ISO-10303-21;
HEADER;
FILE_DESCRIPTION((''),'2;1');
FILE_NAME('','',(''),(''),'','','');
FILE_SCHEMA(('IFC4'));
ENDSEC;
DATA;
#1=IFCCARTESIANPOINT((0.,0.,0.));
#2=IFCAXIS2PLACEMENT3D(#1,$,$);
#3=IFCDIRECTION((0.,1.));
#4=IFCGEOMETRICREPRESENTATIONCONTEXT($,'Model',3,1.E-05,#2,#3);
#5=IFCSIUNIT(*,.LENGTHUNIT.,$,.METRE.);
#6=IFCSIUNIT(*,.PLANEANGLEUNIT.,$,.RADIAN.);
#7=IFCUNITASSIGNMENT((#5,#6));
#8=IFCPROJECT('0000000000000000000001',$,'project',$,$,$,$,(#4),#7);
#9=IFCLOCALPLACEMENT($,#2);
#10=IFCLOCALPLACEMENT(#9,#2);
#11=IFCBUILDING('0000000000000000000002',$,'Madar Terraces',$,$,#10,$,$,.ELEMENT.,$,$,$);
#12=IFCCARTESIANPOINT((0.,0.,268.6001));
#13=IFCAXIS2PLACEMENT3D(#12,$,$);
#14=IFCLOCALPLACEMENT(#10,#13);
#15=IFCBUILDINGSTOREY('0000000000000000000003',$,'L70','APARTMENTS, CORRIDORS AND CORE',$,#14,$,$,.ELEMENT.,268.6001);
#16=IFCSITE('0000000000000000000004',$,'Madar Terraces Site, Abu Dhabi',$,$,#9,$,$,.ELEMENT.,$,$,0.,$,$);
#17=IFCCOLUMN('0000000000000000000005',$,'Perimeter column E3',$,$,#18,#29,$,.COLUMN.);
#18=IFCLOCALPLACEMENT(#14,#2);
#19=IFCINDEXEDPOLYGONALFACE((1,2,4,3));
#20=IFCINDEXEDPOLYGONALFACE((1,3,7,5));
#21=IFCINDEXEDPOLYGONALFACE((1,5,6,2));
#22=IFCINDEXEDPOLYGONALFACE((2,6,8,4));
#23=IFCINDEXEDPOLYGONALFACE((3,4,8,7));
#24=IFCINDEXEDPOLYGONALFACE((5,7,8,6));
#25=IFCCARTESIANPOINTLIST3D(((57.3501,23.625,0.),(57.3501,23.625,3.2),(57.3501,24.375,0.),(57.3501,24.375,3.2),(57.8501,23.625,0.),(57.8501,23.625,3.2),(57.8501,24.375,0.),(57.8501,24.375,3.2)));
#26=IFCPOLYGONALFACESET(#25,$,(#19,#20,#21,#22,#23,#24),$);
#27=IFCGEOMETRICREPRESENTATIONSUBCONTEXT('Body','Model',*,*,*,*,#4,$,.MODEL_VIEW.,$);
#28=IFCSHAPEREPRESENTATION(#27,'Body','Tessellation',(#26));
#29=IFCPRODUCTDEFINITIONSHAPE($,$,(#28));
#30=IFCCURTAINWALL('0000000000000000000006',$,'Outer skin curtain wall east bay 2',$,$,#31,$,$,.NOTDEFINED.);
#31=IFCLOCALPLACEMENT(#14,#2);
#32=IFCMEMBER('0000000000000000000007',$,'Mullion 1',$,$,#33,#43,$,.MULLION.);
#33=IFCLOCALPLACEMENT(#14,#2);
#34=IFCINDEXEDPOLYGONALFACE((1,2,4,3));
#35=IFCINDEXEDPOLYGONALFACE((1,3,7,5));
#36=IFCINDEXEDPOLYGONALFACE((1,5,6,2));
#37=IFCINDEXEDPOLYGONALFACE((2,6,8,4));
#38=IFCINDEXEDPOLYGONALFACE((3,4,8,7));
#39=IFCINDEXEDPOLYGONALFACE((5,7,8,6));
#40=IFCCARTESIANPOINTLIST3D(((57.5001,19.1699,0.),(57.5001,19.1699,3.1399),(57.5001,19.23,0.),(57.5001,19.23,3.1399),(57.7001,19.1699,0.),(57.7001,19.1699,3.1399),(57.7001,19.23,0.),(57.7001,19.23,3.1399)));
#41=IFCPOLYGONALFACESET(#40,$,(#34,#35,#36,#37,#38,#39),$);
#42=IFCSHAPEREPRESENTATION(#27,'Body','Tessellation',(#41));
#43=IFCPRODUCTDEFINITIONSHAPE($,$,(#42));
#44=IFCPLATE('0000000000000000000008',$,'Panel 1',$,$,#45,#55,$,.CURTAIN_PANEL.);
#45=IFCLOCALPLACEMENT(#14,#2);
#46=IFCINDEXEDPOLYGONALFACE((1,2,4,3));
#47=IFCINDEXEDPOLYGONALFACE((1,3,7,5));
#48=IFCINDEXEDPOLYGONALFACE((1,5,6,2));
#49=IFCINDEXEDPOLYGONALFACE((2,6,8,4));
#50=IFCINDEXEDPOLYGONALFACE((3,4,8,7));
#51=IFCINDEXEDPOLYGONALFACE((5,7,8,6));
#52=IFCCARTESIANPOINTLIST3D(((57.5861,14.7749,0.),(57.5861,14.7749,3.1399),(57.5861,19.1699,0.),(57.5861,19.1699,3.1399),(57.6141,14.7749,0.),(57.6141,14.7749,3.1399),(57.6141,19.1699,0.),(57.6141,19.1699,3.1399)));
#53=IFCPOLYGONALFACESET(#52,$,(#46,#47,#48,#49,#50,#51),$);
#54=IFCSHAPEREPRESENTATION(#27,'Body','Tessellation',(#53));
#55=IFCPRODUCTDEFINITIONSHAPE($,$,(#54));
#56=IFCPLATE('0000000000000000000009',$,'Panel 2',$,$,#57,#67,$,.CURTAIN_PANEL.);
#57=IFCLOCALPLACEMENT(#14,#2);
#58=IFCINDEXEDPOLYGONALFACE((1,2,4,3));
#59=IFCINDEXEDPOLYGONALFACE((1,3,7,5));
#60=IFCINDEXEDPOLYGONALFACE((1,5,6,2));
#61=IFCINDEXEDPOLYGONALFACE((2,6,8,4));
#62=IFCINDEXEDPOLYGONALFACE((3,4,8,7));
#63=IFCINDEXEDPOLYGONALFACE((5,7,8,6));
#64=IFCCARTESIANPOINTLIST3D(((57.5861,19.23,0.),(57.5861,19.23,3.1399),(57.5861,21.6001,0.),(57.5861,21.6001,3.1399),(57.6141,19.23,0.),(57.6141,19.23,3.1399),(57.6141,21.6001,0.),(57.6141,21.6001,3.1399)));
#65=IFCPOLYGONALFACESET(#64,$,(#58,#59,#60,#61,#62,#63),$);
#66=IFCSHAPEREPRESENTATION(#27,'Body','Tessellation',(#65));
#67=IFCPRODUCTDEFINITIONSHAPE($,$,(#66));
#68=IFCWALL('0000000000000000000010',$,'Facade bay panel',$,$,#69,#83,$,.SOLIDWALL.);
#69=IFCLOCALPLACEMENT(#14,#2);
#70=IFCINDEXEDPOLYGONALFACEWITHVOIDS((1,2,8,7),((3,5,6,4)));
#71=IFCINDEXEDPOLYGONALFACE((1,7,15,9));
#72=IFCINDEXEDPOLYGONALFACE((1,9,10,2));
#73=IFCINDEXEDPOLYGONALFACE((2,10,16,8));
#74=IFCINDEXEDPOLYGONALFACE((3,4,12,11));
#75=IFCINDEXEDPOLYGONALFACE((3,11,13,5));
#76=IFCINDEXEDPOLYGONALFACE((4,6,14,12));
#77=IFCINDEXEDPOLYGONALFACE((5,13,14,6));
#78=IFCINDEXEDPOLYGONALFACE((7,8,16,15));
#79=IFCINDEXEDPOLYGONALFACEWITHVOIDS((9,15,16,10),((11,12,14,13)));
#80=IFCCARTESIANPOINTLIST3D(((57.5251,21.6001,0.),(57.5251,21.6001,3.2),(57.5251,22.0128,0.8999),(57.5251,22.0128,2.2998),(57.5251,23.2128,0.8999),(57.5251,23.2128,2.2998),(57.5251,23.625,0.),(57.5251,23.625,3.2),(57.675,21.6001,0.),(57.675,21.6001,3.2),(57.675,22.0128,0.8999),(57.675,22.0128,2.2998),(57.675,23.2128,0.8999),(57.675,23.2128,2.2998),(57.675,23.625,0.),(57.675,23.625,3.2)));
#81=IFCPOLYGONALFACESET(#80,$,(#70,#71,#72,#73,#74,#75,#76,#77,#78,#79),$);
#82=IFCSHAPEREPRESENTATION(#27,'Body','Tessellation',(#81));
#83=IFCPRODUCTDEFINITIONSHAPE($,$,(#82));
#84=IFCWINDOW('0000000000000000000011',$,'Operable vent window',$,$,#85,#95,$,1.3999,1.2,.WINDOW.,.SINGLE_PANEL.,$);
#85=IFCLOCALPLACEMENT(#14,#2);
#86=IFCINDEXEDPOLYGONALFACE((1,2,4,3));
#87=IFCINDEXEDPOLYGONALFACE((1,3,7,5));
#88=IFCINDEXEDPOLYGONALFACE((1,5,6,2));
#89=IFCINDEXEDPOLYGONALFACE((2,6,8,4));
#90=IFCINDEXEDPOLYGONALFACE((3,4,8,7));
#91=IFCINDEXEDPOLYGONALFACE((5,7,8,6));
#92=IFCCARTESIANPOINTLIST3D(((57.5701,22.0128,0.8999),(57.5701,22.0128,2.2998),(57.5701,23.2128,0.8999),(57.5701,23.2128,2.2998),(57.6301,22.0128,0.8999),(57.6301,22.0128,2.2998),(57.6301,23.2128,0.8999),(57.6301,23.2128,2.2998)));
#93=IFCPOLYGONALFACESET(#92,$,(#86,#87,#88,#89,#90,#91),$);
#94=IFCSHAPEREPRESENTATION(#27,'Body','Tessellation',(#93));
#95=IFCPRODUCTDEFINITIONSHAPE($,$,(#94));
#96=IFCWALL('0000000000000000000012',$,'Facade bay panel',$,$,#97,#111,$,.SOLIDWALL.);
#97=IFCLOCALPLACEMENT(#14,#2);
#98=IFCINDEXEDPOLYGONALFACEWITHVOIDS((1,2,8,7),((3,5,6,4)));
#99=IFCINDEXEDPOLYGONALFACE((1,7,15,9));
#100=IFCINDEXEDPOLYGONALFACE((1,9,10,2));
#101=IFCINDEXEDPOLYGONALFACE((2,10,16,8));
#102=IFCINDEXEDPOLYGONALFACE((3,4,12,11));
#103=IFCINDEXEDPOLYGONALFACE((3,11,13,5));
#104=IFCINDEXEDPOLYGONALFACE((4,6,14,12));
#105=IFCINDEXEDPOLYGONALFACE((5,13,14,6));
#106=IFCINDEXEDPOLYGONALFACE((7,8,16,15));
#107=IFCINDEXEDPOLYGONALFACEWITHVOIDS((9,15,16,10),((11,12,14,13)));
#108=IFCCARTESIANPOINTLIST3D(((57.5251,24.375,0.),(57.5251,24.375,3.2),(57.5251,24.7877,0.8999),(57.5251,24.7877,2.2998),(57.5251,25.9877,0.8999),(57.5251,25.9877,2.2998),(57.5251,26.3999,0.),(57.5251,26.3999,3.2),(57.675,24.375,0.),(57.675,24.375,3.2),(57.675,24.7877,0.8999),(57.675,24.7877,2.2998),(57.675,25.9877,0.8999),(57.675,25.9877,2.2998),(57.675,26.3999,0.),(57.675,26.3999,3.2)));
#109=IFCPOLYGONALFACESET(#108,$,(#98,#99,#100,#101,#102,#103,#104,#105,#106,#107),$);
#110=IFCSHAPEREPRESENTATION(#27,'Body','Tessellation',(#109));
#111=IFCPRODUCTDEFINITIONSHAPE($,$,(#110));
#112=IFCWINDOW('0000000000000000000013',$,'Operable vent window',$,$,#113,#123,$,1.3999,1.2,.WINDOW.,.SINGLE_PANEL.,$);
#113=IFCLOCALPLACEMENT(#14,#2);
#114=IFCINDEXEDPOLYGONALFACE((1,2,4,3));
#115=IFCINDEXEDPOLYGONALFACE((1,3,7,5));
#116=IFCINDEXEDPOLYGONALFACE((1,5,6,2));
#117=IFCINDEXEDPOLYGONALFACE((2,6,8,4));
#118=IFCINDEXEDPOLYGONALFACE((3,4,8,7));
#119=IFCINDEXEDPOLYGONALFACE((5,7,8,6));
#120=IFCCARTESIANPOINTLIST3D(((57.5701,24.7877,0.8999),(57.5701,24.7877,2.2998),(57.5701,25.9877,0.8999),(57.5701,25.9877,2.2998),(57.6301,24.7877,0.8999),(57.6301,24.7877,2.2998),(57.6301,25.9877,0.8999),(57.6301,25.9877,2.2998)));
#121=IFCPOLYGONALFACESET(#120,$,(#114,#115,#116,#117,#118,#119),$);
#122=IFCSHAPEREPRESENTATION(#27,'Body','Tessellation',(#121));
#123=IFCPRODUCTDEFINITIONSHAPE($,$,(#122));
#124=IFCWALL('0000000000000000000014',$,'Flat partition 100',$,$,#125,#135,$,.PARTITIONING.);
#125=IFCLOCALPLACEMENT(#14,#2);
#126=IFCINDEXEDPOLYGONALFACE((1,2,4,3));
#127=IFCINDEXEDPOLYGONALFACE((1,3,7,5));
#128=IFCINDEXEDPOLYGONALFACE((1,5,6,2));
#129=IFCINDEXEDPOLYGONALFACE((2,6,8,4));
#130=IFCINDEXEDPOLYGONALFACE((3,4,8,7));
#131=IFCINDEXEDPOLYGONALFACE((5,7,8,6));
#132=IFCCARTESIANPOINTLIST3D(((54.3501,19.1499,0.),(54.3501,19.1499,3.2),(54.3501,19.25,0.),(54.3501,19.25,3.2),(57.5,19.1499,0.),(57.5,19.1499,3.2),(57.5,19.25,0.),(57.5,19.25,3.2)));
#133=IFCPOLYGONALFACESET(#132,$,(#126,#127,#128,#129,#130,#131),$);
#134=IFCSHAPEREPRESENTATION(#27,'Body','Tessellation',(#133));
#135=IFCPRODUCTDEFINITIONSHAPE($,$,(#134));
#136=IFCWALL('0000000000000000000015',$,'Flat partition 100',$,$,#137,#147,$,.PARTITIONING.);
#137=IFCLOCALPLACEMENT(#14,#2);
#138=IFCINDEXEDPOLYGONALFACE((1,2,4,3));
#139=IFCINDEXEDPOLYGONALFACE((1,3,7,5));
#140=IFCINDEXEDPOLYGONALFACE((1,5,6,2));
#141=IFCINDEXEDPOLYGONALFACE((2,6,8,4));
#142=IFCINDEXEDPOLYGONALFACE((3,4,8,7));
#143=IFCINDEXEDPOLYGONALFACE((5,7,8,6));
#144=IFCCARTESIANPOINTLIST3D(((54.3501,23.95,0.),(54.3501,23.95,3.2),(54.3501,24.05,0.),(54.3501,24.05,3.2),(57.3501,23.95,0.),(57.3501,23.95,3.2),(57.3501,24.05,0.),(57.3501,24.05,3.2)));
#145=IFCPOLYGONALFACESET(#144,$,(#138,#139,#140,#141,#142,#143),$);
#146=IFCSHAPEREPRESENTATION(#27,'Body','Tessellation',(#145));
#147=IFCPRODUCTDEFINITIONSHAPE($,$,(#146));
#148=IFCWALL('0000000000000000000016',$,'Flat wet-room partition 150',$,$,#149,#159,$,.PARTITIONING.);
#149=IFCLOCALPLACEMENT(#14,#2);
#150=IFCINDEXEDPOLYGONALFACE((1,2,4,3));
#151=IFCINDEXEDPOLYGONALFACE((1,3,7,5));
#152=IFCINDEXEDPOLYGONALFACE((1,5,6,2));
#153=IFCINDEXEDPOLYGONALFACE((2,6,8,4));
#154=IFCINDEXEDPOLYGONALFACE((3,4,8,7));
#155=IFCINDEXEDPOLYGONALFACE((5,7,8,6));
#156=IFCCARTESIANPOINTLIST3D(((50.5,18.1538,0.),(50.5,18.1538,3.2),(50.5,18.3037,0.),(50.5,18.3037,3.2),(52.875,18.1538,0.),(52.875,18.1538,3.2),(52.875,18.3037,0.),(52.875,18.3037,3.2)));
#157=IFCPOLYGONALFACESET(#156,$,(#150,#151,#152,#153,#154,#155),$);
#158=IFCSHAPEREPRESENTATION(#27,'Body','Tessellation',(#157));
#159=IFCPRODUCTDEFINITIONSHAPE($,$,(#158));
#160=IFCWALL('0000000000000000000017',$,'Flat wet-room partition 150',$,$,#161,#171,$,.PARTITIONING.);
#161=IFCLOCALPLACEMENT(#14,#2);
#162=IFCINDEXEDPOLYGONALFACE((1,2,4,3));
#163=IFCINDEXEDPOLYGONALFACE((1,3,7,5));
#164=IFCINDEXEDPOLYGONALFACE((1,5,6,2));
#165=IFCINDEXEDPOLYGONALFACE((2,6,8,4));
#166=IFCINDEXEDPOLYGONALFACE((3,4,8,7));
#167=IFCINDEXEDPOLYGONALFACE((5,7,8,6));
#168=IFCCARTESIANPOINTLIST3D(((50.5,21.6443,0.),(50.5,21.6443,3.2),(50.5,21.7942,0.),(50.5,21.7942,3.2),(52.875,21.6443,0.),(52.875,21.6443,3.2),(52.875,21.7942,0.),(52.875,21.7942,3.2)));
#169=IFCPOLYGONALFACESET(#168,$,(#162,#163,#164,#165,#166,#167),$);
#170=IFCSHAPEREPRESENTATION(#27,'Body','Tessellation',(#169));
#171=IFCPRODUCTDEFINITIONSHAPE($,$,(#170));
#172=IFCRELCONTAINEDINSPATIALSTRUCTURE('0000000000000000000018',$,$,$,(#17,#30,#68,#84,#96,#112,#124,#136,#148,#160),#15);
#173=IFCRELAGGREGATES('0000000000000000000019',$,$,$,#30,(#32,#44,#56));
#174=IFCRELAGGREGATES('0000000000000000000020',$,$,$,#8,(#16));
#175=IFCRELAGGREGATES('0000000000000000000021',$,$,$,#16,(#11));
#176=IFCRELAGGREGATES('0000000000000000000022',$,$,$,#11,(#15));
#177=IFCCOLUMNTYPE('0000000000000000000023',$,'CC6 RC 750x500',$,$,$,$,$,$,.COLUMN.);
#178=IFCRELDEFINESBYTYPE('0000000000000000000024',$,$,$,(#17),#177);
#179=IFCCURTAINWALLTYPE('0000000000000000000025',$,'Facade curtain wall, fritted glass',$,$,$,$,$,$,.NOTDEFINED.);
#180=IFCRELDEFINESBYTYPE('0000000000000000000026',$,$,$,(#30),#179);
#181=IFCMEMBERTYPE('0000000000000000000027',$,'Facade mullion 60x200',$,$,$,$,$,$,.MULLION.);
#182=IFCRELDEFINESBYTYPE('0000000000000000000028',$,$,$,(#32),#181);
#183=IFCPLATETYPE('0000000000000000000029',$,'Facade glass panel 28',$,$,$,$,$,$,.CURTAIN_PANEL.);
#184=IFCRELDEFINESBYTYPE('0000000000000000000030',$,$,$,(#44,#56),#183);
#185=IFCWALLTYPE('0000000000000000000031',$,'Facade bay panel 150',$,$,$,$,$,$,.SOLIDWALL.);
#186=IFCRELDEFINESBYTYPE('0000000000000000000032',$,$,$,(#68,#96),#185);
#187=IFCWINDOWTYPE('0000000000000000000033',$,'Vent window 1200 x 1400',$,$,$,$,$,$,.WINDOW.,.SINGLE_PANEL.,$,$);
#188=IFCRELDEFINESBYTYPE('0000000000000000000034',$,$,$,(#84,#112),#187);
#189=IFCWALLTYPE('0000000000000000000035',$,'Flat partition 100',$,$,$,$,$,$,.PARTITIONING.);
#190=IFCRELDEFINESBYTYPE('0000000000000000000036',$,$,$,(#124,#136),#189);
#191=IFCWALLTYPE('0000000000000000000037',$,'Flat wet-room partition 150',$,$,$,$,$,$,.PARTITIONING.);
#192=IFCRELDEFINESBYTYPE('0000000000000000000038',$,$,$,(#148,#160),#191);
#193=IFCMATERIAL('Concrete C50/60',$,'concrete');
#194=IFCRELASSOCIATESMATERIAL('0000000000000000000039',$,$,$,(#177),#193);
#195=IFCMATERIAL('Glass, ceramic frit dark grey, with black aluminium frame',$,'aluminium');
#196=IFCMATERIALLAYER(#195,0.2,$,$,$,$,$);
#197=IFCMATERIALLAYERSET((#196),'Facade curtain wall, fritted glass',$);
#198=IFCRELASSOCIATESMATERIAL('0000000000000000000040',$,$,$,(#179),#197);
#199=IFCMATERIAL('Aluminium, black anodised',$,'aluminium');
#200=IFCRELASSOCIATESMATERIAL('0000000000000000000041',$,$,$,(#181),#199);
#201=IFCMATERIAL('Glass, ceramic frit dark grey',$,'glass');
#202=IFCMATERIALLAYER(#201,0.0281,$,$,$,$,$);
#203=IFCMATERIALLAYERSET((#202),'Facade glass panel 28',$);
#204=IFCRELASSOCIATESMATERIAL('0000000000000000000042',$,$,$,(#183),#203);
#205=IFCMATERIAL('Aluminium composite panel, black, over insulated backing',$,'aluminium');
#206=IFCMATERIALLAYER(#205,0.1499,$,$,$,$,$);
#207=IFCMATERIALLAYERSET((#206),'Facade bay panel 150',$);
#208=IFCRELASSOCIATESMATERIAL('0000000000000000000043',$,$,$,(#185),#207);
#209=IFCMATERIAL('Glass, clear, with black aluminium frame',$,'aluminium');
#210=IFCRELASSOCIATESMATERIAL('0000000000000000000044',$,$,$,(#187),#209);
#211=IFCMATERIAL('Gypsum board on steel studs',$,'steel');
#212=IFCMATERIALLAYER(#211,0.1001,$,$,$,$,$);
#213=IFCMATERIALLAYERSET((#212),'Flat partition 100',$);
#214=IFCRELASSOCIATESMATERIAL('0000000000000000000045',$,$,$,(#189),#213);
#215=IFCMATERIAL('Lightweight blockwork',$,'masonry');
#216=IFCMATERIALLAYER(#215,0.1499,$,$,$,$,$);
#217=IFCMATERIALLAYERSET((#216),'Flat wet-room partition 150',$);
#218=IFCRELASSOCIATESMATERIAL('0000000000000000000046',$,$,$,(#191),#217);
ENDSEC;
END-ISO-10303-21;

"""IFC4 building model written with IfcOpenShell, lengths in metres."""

from ifc_helpers import new_model, si_unit, direction, frame, frame_2d, origin, origin_2d, place, context, subcontext, project, spatial, rectangle, extrude, material, layer, layer_set, material_profile, profile_set, type_object, element, fill, aggregate, save


model = new_model("IFC4")

# Units and contexts
model_context = context("Model", 3, precision=1e-05, world=origin(), true_north=direction((0.0, 1.0)))
body_context = subcontext(model_context, "Body", "Model", "MODEL_VIEW")
ifc_project = project(units=[si_unit("LENGTHUNIT", "METRE"), si_unit("PLANEANGLEUNIT", "RADIAN")], contexts=[model_context])

# Site, building, storey
site_placement = place(None, origin())
site = spatial("IfcSite", under=ifc_project, at=site_placement, Name="Madar Terraces Site, Abu Dhabi", CompositionType="ELEMENT", RefElevation=0.0)
building_placement = place(site_placement, origin())
building = spatial("IfcBuilding", under=site, at=building_placement, Name="Madar Terraces", CompositionType="ELEMENT")
storey_placement = place(building_placement, frame((0.0, 0.0, 268.6001)))
storey = spatial("IfcBuildingStorey", under=building, at=storey_placement, Name="L70", Description="APARTMENTS, CORRIDORS AND CORE", CompositionType="ELEMENT", Elevation=268.6001)

# Column
ifc_material_1 = material(Name="Concrete C50/60", Category="concrete")
ifc_material_profile_1 = material_profile(ifc_material_1, rectangle(XDim=0.75, YDim=0.5, at=origin_2d()), Name="CC6 RC 750x500")
ifc_profile_set_1 = profile_set([ifc_material_profile_1], Name="Concrete C50/60")
column_type = type_object("IfcColumnType", Name="CC6 RC 750x500", PredefinedType="COLUMN", material=ifc_profile_set_1)
column_placement = place(storey_placement, frame((57.6001, 24.0, 0.0), z_axis=(0.0, 0.0, 1.0), x_axis=(0.0, 1.0, 0.0)))
element("IfcColumn", 1, at=column_placement, inside=storey, type_object=column_type, Name="Perimeter column E3", PredefinedType="COLUMN", context=body_context, shape_type="SweptSolid", body=[
    extrude(rectangle(XDim=0.75, YDim=0.5, at=origin_2d()), origin(), (0.0, 0.0, 1.0), 3.2),
])

# Curtain wall, member, plates
ifc_material_2 = material(Name="Glass, ceramic frit dark grey, with black aluminium frame", Category="aluminium")
ifc_layer_1 = layer(ifc_material_2, 0.2)
ifc_layer_set_1 = layer_set([ifc_layer_1], Name="Facade curtain wall, fritted glass")
curtain_wall_type = type_object("IfcCurtainWallType", Name="Facade curtain wall, fritted glass", PredefinedType="NOTDEFINED", material=ifc_layer_set_1)
curtain_wall_placement = place(storey_placement, origin())
curtain_wall = element("IfcCurtainWall", 2, at=curtain_wall_placement, inside=storey, type_object=curtain_wall_type, Name="Outer skin curtain wall east bay 2", PredefinedType="NOTDEFINED")
ifc_material_3 = material(Name="Aluminium, black anodised", Category="aluminium")
ifc_material_profile_2 = material_profile(ifc_material_3, rectangle(XDim=0.2, YDim=0.0601, at=origin_2d()), Name="Facade mullion 60x200")
ifc_profile_set_2 = profile_set([ifc_material_profile_2], Name="Aluminium, black anodised")
member_type = type_object("IfcMemberType", Name="Facade mullion 60x200", PredefinedType="MULLION", material=ifc_profile_set_2)
member_placement = place(storey_placement, frame((57.6001, 19.2, 0.0), z_axis=(0.0, 0.0, 1.0), x_axis=(-1.0, 0.0, 0.0)))
member = element("IfcMember", 3, at=member_placement, type_object=member_type, Name="Mullion 1", PredefinedType="MULLION", context=body_context, shape_type="SweptSolid", body=[
    extrude(rectangle(XDim=0.2, YDim=0.0601, at=origin_2d()), origin(), (0.0, 0.0, 1.0), 3.1399),
])
ifc_material_4 = material(Name="Glass, ceramic frit dark grey", Category="glass")
ifc_layer_2 = layer(ifc_material_4, 0.0281)
ifc_layer_set_2 = layer_set([ifc_layer_2], Name="Facade glass panel 28")
plate_type = type_object("IfcPlateType", Name="Facade glass panel 28", PredefinedType="CURTAIN_PANEL", material=ifc_layer_set_2)
plate_1_placement = place(storey_placement, frame((57.6001, 16.9724, 0.0), z_axis=(0.0, 0.0, 1.0), x_axis=(0.0, 1.0, 0.0)))
plate_1 = element("IfcPlate", 4, at=plate_1_placement, type_object=plate_type, Name="Panel 1", PredefinedType="CURTAIN_PANEL", context=body_context, shape_type="SweptSolid", body=[
    extrude(rectangle(XDim=4.395, YDim=0.0281, at=origin_2d()), origin(), (0.0, 0.0, 1.0), 3.1399),
])
plate_2_placement = place(storey_placement, frame((57.6001, 20.415, 0.0), z_axis=(0.0, 0.0, 1.0), x_axis=(0.0, 1.0, 0.0)))
plate_2 = element("IfcPlate", 5, at=plate_2_placement, type_object=plate_type, Name="Panel 2", PredefinedType="CURTAIN_PANEL", context=body_context, shape_type="SweptSolid", body=[
    extrude(rectangle(XDim=2.3701, YDim=0.0281, at=origin_2d()), origin(), (0.0, 0.0, 1.0), 3.1399),
])
aggregate(curtain_wall, [member, plate_1, plate_2])

# Walls, openings, windows
ifc_material_5 = material(Name="Aluminium composite panel, black, over insulated backing", Category="aluminium")
ifc_layer_3 = layer(ifc_material_5, 0.1499)
ifc_layer_set_3 = layer_set([ifc_layer_3], Name="Facade bay panel 150")
wall_type_1 = type_object("IfcWallType", Name="Facade bay panel 150", PredefinedType="SOLIDWALL", material=ifc_layer_set_3)
wall_1_placement = place(storey_placement, frame((57.6001, 21.6001, 0.0), z_axis=(0.0, 0.0, 1.0), x_axis=(0.0, 1.0, 0.0)))
wall_1 = element("IfcWall", 6, at=wall_1_placement, inside=storey, type_object=wall_type_1, Name="Facade bay panel", PredefinedType="SOLIDWALL", context=body_context, shape_type="SweptSolid", body=[
    extrude(rectangle(XDim=2.0249, YDim=0.1499, at=frame_2d((1.0125, 0.0))), origin(), (0.0, 0.0, 1.0), 3.2),
])
opening_1_placement = place(wall_1_placement, frame((0.4126, 0.0, 0.8999)))
opening_1 = element("IfcOpeningElement", 7, at=opening_1_placement, cuts=wall_1, PredefinedType="OPENING", context=body_context, shape_type="SweptSolid", body=[
    extrude(rectangle(XDim=1.2, YDim=1.3999, at=frame_2d((0.6001, 0.7))), frame((0.0, 0.085, 0.0), z_axis=(0.0, -1.0, 0.0), x_axis=(1.0, 0.0, 0.0)), (0.0, 0.0, 1.0), 0.1699),
])
ifc_material_6 = material(Name="Glass, clear, with black aluminium frame", Category="aluminium")
window_type = type_object("IfcWindowType", Name="Vent window 1200 x 1400", PartitioningType="SINGLE_PANEL", PredefinedType="WINDOW", material=ifc_material_6)
window_1_placement = place(opening_1_placement, origin())
window_1 = element("IfcWindow", 8, at=window_1_placement, inside=storey, type_object=window_type, Name="Operable vent window", OverallHeight=1.3999, OverallWidth=1.2, PartitioningType="SINGLE_PANEL", PredefinedType="WINDOW", context=body_context, shape_type="SweptSolid", body=[
    extrude(rectangle(XDim=1.2, YDim=1.3999, at=frame_2d((0.6001, 0.7))), frame((0.0, 0.03, 0.0), z_axis=(0.0, -1.0, 0.0), x_axis=(1.0, 0.0, 0.0)), (0.0, 0.0, 1.0), 0.0601),
])
fill(opening_1, window_1)
wall_2_placement = place(storey_placement, frame((57.6001, 24.375, 0.0), z_axis=(0.0, 0.0, 1.0), x_axis=(0.0, 1.0, 0.0)))
wall_2 = element("IfcWall", 9, at=wall_2_placement, inside=storey, type_object=wall_type_1, Name="Facade bay panel", PredefinedType="SOLIDWALL", context=body_context, shape_type="SweptSolid", body=[
    extrude(rectangle(XDim=2.0249, YDim=0.1499, at=frame_2d((1.0125, 0.0))), origin(), (0.0, 0.0, 1.0), 3.2),
])
opening_2_placement = place(wall_2_placement, frame((0.4126, 0.0, 0.8999)))
opening_2 = element("IfcOpeningElement", 10, at=opening_2_placement, cuts=wall_2, PredefinedType="OPENING", context=body_context, shape_type="SweptSolid", body=[
    extrude(rectangle(XDim=1.2, YDim=1.3999, at=frame_2d((0.6001, 0.7))), frame((0.0, 0.085, 0.0), z_axis=(0.0, -1.0, 0.0), x_axis=(1.0, 0.0, 0.0)), (0.0, 0.0, 1.0), 0.1699),
])
window_2_placement = place(opening_2_placement, origin())
window_2 = element("IfcWindow", 11, at=window_2_placement, inside=storey, type_object=window_type, Name="Operable vent window", OverallHeight=1.3999, OverallWidth=1.2, PartitioningType="SINGLE_PANEL", PredefinedType="WINDOW", context=body_context, shape_type="SweptSolid", body=[
    extrude(rectangle(XDim=1.2, YDim=1.3999, at=frame_2d((0.6001, 0.7))), frame((0.0, 0.03, 0.0), z_axis=(0.0, -1.0, 0.0), x_axis=(1.0, 0.0, 0.0)), (0.0, 0.0, 1.0), 0.0601),
])
fill(opening_2, window_2)

# Walls
ifc_material_7 = material(Name="Gypsum board on steel studs", Category="steel")
ifc_layer_4 = layer(ifc_material_7, 0.1001)
ifc_layer_set_4 = layer_set([ifc_layer_4], Name="Flat partition 100")
wall_type_2 = type_object("IfcWallType", Name="Flat partition 100", PredefinedType="PARTITIONING", material=ifc_layer_set_4)
wall_3_placement = place(storey_placement, frame((54.3501, 19.2, 0.0), z_axis=(0.0, 0.0, 1.0), x_axis=(1.0, 0.0, 0.0)))
element("IfcWall", 12, at=wall_3_placement, inside=storey, type_object=wall_type_2, Name="Flat partition 100", PredefinedType="PARTITIONING", context=body_context, shape_type="SweptSolid", body=[
    extrude(rectangle(XDim=3.1499, YDim=0.1001, at=frame_2d((1.575, 0.0))), origin(), (0.0, 0.0, 1.0), 3.2),
])
wall_4_placement = place(storey_placement, frame((54.3501, 24.0, 0.0), z_axis=(0.0, 0.0, 1.0), x_axis=(1.0, 0.0, 0.0)))
element("IfcWall", 13, at=wall_4_placement, inside=storey, type_object=wall_type_2, Name="Flat partition 100", PredefinedType="PARTITIONING", context=body_context, shape_type="SweptSolid", body=[
    extrude(rectangle(XDim=3.0, YDim=0.1001, at=frame_2d((1.5, 0.0))), origin(), (0.0, 0.0, 1.0), 3.2),
])
ifc_material_8 = material(Name="Lightweight blockwork", Category="masonry")
ifc_layer_5 = layer(ifc_material_8, 0.1499)
ifc_layer_set_5 = layer_set([ifc_layer_5], Name="Flat wet-room partition 150")
wall_type_3 = type_object("IfcWallType", Name="Flat wet-room partition 150", PredefinedType="PARTITIONING", material=ifc_layer_set_5)
for number, where, z_axis, x_axis, name in (
    (14, (50.5, 18.2288, 0.0), (0.0, 0.0, 1.0), (1.0, 0.0, 0.0), "Flat wet-room partition 150"),
    (15, (50.5, 21.7192, 0.0), (0.0, 0.0, 1.0), (1.0, 0.0, 0.0), "Flat wet-room partition 150"),
):
    element("IfcWall", number, at=place(storey_placement, frame(where, z_axis=z_axis, x_axis=x_axis)), inside=storey, type_object=wall_type_3, Name=name, PredefinedType="PARTITIONING", context=body_context, shape_type="SweptSolid", body=[
        extrude(rectangle(XDim=2.375, YDim=0.1499, at=frame_2d((1.1875, 0.0))), origin(), (0.0, 0.0, 1.0), 3.2),
    ])

save(model, "model.ifc")
